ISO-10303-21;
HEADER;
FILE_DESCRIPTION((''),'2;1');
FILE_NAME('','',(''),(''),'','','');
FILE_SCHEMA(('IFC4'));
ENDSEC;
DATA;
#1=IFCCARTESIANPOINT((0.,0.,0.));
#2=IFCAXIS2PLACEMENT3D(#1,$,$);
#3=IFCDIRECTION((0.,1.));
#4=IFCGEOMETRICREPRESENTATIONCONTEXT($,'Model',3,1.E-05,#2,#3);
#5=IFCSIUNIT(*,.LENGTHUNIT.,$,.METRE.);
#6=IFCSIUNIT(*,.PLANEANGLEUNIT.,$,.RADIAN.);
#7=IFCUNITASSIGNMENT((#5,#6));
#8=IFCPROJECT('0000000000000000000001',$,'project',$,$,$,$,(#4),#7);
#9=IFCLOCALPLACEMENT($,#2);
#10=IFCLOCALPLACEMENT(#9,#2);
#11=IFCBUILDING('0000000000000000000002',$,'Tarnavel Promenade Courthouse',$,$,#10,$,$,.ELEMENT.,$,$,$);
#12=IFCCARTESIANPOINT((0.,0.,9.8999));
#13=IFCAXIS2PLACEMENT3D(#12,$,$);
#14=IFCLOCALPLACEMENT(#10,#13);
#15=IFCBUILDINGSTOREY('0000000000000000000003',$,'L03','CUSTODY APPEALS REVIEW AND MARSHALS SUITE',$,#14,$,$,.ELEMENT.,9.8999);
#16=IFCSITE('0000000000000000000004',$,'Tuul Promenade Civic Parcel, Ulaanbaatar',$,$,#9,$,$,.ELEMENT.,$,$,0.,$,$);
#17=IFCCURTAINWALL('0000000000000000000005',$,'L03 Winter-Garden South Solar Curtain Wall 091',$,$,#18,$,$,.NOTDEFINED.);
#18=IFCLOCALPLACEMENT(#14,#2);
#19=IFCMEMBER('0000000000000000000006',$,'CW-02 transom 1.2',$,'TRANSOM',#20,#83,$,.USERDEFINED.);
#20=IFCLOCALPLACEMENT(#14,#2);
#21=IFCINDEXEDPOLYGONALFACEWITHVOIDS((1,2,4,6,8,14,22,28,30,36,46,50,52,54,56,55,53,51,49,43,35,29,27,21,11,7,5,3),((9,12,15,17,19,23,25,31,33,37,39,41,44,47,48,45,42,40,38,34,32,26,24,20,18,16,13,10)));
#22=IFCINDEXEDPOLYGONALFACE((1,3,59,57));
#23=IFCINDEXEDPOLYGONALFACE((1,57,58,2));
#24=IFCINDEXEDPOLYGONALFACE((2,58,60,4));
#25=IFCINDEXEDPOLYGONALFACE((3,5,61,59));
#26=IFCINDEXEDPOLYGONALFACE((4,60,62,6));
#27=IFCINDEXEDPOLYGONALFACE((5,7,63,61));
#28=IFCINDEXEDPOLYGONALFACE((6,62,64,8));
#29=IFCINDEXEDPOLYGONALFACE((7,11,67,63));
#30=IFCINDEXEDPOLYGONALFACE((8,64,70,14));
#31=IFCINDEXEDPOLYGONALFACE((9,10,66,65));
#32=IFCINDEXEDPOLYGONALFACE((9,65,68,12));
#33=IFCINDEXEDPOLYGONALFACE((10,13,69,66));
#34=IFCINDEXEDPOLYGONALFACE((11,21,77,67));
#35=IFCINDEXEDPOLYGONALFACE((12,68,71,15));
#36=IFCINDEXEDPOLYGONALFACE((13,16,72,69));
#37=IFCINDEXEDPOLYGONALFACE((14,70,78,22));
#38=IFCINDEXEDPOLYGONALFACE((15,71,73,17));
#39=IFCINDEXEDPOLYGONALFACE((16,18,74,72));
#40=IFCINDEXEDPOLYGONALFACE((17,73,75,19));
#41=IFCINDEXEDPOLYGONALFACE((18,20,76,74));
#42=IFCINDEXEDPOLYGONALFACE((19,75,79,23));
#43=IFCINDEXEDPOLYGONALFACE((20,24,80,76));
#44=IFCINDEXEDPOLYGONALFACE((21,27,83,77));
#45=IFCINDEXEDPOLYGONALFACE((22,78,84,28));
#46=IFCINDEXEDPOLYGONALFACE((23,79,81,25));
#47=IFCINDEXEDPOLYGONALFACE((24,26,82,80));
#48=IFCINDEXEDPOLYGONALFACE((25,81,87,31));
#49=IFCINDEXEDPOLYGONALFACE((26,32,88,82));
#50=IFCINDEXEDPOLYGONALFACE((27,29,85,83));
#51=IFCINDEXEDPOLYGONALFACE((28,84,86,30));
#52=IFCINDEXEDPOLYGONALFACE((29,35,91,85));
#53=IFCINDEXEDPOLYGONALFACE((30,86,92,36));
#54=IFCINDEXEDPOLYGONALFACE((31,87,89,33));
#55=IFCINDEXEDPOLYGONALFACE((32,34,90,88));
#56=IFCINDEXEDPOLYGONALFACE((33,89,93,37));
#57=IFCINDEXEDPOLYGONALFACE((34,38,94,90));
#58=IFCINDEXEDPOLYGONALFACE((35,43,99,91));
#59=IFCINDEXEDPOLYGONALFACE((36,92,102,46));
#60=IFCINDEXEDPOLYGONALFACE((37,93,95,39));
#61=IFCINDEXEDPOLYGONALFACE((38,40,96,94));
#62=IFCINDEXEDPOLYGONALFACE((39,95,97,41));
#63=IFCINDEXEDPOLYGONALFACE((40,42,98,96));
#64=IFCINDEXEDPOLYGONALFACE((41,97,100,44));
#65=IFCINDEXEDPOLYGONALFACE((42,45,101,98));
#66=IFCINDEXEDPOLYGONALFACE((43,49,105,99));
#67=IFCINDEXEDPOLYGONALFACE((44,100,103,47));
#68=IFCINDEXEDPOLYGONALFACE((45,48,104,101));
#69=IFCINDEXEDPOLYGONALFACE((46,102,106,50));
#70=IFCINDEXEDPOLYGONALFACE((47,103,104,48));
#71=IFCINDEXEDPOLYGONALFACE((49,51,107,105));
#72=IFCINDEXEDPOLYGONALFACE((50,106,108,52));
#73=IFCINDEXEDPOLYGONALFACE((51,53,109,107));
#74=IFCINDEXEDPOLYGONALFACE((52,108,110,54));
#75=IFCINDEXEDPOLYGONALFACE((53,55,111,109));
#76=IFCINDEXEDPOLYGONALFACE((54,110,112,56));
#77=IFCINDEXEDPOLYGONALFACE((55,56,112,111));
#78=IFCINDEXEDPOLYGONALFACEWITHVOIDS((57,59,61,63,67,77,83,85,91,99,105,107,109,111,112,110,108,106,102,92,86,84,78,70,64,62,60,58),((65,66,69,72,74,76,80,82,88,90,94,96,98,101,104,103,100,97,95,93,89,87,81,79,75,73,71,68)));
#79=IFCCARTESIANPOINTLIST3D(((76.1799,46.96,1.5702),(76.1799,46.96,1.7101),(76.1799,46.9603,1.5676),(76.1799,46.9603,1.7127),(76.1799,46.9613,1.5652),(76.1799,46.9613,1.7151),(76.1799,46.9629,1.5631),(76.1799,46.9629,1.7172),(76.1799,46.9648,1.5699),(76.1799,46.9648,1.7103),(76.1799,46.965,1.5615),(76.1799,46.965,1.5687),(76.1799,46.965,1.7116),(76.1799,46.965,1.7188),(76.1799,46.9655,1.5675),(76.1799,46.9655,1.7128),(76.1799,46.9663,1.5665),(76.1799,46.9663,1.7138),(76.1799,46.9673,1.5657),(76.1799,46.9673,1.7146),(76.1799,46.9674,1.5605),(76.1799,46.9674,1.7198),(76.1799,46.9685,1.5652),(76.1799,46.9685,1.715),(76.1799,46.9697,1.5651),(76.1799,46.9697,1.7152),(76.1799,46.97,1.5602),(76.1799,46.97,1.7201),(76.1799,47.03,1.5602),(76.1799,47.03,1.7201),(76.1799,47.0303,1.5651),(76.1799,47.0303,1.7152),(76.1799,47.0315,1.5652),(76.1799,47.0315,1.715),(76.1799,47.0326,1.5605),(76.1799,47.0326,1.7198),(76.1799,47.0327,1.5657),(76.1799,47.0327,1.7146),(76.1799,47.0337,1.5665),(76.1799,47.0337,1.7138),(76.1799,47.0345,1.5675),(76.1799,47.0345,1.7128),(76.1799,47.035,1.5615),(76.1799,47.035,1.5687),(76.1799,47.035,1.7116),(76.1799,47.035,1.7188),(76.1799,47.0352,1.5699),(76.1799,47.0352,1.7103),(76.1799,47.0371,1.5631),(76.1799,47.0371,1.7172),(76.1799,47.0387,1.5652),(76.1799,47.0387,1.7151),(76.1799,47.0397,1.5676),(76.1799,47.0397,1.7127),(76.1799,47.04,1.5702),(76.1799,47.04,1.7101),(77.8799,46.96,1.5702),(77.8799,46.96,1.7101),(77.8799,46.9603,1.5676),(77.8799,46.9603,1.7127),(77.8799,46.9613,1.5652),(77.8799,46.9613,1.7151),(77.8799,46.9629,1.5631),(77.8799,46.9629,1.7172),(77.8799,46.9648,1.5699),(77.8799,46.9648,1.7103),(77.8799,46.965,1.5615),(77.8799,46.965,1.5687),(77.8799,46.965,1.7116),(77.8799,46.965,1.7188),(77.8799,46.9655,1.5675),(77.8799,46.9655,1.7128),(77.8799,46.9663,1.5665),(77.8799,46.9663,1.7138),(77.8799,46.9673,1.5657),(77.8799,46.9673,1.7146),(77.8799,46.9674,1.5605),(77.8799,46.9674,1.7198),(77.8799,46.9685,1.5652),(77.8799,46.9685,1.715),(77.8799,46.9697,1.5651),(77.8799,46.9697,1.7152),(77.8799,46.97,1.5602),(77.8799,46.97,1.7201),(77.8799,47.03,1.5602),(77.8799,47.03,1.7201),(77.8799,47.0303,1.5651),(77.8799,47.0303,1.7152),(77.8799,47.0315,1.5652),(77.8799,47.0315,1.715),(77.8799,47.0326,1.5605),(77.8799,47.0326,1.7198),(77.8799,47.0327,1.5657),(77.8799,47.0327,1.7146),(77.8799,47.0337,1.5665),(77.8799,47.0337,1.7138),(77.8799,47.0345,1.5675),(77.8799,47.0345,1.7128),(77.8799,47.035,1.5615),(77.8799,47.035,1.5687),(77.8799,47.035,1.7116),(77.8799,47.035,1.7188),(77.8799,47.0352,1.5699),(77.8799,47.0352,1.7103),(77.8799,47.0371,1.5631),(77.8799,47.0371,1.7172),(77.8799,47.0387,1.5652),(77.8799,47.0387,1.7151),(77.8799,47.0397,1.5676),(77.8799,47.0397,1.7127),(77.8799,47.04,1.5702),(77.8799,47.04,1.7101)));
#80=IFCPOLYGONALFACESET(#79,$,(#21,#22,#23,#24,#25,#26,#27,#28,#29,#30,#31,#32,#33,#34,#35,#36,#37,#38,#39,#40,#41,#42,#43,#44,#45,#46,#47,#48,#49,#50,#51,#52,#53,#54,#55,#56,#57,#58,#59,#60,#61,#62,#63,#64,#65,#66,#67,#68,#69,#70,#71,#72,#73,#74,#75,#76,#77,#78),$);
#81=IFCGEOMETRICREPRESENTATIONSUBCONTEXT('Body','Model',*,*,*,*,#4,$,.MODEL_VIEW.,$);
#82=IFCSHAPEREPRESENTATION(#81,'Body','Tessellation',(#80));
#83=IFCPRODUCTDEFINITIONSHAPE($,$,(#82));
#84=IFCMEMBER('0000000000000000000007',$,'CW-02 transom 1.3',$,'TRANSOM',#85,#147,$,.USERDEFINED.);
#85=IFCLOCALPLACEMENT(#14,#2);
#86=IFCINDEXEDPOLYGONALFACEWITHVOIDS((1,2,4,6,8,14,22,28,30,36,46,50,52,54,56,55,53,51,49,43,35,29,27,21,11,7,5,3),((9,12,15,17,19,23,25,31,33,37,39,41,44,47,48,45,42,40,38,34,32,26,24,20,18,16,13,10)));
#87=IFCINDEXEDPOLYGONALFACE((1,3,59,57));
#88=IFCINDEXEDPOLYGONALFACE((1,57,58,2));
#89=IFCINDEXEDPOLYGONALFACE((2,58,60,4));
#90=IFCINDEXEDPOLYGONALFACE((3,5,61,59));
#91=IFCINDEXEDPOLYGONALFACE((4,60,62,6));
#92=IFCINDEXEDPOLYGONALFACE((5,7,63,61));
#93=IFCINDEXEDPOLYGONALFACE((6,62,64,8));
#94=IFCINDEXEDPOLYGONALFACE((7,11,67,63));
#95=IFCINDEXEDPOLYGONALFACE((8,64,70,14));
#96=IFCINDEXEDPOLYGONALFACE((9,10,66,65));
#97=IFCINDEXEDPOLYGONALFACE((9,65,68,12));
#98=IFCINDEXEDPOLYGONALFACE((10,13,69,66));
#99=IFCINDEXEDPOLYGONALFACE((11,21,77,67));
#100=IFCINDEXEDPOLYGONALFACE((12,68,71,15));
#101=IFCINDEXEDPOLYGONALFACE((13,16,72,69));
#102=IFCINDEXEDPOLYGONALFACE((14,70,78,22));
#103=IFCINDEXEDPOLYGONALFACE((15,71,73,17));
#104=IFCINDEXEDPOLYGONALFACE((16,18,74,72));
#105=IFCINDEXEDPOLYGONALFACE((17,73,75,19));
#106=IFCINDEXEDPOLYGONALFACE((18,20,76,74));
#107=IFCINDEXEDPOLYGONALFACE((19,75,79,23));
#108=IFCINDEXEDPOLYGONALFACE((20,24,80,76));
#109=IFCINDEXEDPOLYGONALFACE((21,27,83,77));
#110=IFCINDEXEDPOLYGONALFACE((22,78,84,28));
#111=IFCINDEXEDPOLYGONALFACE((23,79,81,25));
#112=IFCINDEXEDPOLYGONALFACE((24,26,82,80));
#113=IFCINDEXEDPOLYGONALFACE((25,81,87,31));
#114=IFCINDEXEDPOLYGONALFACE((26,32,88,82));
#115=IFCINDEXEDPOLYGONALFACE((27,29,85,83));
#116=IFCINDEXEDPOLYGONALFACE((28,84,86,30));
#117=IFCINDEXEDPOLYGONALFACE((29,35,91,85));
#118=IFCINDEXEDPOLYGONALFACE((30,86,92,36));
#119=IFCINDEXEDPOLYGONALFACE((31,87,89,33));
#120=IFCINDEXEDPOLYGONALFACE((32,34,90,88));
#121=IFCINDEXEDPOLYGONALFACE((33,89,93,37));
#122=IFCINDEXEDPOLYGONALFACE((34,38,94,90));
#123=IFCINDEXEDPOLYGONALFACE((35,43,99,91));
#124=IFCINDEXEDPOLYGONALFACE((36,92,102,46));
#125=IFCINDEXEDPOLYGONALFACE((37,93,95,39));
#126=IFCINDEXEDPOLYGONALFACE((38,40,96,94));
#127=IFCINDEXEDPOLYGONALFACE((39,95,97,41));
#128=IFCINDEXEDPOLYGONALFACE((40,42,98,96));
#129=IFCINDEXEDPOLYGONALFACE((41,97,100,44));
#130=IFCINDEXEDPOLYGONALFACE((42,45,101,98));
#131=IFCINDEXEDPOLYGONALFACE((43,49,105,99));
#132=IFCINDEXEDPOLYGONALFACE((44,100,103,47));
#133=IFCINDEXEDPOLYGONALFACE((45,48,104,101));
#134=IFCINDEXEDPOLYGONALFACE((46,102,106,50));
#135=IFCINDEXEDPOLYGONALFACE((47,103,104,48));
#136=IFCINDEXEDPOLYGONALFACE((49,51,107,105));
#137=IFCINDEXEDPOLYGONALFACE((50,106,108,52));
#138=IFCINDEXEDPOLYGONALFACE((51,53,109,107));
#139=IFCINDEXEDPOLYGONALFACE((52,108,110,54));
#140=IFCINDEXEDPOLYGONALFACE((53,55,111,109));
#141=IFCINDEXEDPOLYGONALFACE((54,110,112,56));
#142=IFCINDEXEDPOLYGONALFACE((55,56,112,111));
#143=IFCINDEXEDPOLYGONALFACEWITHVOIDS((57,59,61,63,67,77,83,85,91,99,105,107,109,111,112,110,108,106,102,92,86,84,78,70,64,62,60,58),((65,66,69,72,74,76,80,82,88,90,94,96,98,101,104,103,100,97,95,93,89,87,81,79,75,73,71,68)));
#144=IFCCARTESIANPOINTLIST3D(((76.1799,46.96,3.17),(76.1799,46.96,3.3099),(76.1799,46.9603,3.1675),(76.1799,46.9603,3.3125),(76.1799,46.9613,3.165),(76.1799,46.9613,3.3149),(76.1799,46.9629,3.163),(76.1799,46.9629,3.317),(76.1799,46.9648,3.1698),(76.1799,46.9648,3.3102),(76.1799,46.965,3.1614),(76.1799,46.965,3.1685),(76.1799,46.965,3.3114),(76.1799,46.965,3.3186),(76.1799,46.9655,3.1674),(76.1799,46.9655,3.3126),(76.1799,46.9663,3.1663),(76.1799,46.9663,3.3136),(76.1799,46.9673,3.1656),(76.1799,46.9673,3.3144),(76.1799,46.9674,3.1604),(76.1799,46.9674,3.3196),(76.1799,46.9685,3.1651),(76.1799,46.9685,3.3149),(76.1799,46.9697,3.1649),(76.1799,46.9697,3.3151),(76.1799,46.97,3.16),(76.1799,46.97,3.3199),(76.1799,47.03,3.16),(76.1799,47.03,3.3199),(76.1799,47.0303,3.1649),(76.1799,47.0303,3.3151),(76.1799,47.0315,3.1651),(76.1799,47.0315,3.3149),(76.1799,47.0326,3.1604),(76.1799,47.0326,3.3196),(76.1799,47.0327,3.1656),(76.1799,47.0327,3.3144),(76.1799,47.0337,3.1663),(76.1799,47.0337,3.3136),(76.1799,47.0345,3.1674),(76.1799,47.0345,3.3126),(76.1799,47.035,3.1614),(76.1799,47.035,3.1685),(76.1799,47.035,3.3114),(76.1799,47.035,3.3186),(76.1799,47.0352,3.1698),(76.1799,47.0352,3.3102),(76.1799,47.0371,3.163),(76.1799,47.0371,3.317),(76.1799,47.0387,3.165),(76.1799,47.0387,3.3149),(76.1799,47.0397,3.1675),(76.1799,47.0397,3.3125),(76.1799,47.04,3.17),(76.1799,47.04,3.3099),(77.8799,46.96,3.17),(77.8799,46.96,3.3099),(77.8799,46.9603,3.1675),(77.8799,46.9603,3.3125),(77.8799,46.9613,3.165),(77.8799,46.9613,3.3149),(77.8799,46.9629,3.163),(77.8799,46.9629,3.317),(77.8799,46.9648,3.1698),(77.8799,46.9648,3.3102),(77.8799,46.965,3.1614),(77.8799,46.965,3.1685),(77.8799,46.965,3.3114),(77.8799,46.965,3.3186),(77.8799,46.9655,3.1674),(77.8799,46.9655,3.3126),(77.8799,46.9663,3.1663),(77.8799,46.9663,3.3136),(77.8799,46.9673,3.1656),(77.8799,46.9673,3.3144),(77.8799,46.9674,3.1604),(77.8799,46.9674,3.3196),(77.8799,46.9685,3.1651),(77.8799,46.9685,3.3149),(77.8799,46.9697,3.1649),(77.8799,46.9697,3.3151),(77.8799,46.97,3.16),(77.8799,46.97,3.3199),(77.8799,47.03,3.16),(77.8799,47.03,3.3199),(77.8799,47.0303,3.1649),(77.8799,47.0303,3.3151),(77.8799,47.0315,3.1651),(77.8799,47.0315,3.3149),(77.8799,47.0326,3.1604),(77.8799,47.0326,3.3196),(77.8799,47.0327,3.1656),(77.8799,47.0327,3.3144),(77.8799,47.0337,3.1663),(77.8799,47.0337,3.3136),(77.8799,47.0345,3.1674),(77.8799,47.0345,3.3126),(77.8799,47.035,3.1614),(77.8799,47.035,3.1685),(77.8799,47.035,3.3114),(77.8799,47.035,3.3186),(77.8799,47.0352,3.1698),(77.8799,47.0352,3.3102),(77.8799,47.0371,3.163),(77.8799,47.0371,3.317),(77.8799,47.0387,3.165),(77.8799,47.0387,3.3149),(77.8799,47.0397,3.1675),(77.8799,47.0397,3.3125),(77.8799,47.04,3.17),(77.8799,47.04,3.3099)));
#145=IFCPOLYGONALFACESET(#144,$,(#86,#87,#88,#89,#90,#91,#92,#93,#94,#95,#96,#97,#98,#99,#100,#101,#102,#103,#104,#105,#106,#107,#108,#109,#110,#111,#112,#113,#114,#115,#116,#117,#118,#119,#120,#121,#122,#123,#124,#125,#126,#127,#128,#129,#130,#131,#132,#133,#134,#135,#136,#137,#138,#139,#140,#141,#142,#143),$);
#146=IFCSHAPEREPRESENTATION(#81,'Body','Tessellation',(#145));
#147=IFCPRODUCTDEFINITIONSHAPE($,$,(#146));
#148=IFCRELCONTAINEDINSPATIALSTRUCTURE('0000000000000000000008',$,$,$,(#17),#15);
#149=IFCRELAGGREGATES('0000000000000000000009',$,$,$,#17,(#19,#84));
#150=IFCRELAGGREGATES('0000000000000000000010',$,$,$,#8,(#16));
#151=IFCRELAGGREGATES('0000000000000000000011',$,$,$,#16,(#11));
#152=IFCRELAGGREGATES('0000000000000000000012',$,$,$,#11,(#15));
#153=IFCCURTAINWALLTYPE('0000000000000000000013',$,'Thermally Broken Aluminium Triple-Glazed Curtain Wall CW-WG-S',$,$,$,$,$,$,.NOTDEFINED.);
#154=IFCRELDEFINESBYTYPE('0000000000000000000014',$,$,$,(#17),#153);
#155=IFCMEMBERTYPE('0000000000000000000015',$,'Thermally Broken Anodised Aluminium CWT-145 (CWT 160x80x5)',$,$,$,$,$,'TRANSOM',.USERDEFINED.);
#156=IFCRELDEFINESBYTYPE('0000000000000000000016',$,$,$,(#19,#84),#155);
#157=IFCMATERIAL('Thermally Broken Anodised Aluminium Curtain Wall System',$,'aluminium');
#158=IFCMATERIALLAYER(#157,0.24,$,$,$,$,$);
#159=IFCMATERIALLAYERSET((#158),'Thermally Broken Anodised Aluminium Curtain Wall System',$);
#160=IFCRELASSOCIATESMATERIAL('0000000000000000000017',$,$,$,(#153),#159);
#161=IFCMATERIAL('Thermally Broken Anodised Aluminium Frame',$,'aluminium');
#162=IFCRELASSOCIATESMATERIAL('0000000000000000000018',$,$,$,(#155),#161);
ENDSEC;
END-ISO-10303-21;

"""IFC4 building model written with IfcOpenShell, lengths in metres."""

from ifc_helpers import new_model, si_unit, direction, frame, origin, origin_2d, place, context, subcontext, project, spatial, hollow_rectangle, extrude, material, layer, layer_set, material_profile, profile_set, type_object, element, aggregate, save


model = new_model("IFC4")

# Units and contexts
model_context = context("Model", 3, precision=1e-05, world=origin(), true_north=direction((0.0, 1.0)))
body_context = subcontext(model_context, "Body", "Model", "MODEL_VIEW")
ifc_project = project(units=[si_unit("LENGTHUNIT", "METRE"), si_unit("PLANEANGLEUNIT", "RADIAN")], contexts=[model_context])

# Site, building, storey
site_placement = place(None, origin())
site = spatial("IfcSite", under=ifc_project, at=site_placement, Name="Tuul Promenade Civic Parcel, Ulaanbaatar", CompositionType="ELEMENT", RefElevation=0.0)
building_placement = place(site_placement, origin())
building = spatial("IfcBuilding", under=site, at=building_placement, Name="Tarnavel Promenade Courthouse", CompositionType="ELEMENT")
storey_placement = place(building_placement, frame((0.0, 0.0, 9.8999)))
storey = spatial("IfcBuildingStorey", under=building, at=storey_placement, Name="L03", Description="CUSTODY APPEALS REVIEW AND MARSHALS SUITE", CompositionType="ELEMENT", Elevation=9.8999)

# Curtain wall
ifc_material_1 = material(Name="Thermally Broken Anodised Aluminium Curtain Wall System", Category="aluminium")
ifc_layer_1 = layer(ifc_material_1, 0.24)
ifc_layer_set_1 = layer_set([ifc_layer_1], Name="Thermally Broken Anodised Aluminium Curtain Wall System")
curtain_wall_type = type_object("IfcCurtainWallType", Name="Thermally Broken Aluminium Triple-Glazed Curtain Wall CW-WG-S", PredefinedType="NOTDEFINED", material=ifc_layer_set_1)
ifc_material_2 = material(Name="Thermally Broken Anodised Aluminium Frame", Category="aluminium")
curtain_wall_1_placement = place(storey_placement, origin())
curtain_wall_1 = element("IfcCurtainWall", 1, at=curtain_wall_1_placement, inside=storey, type_object=curtain_wall_type, Name="L03 Winter-Garden South Solar Curtain Wall 091", PredefinedType="NOTDEFINED")

# Members
ifc_material_profile_1 = material_profile(ifc_material_2, hollow_rectangle(XDim=0.0801, YDim=0.1599, WallThickness=0.0049, InnerFilletRadius=0.0049, OuterFilletRadius=0.01, at=origin_2d()), Name="CWT 160x80x5")
ifc_profile_set_1 = profile_set([ifc_material_profile_1], Name="Thermally Broken Anodised Aluminium Frame")
member_type_1 = type_object("IfcMemberType", Name="Thermally Broken Anodised Aluminium CWT-145 (CWT 160x80x5)", ElementType="TRANSOM", PredefinedType="USERDEFINED", material=ifc_profile_set_1)
member_1_placement = place(storey_placement, frame((76.1799, 47.0, 1.6401), z_axis=(1.0, 0.0, 0.0), x_axis=(0.0, 1.0, 0.0)))
member_1 = element("IfcMember", 2, at=member_1_placement, type_object=member_type_1, Name="CW-02 transom 1.2", ObjectType="TRANSOM", PredefinedType="USERDEFINED", context=body_context, shape_type="SweptSolid", body=[
    extrude(hollow_rectangle(XDim=0.0801, YDim=0.1599, WallThickness=0.0049, InnerFilletRadius=0.0049, OuterFilletRadius=0.01, at=origin_2d()), origin(), (0.0, 0.0, 1.0), 1.7),
])
member_2_placement = place(storey_placement, frame((76.1799, 47.0, 3.24), z_axis=(1.0, 0.0, 0.0), x_axis=(0.0, 1.0, 0.0)))
member_2 = element("IfcMember", 3, at=member_2_placement, type_object=member_type_1, Name="CW-02 transom 1.3", ObjectType="TRANSOM", PredefinedType="USERDEFINED", context=body_context, shape_type="SweptSolid", body=[
    extrude(hollow_rectangle(XDim=0.0801, YDim=0.1599, WallThickness=0.0049, InnerFilletRadius=0.0049, OuterFilletRadius=0.01, at=origin_2d()), origin(), (0.0, 0.0, 1.0), 1.7),
])

aggregate(curtain_wall_1, [member_1, member_2])

save(model, "model.ifc")
